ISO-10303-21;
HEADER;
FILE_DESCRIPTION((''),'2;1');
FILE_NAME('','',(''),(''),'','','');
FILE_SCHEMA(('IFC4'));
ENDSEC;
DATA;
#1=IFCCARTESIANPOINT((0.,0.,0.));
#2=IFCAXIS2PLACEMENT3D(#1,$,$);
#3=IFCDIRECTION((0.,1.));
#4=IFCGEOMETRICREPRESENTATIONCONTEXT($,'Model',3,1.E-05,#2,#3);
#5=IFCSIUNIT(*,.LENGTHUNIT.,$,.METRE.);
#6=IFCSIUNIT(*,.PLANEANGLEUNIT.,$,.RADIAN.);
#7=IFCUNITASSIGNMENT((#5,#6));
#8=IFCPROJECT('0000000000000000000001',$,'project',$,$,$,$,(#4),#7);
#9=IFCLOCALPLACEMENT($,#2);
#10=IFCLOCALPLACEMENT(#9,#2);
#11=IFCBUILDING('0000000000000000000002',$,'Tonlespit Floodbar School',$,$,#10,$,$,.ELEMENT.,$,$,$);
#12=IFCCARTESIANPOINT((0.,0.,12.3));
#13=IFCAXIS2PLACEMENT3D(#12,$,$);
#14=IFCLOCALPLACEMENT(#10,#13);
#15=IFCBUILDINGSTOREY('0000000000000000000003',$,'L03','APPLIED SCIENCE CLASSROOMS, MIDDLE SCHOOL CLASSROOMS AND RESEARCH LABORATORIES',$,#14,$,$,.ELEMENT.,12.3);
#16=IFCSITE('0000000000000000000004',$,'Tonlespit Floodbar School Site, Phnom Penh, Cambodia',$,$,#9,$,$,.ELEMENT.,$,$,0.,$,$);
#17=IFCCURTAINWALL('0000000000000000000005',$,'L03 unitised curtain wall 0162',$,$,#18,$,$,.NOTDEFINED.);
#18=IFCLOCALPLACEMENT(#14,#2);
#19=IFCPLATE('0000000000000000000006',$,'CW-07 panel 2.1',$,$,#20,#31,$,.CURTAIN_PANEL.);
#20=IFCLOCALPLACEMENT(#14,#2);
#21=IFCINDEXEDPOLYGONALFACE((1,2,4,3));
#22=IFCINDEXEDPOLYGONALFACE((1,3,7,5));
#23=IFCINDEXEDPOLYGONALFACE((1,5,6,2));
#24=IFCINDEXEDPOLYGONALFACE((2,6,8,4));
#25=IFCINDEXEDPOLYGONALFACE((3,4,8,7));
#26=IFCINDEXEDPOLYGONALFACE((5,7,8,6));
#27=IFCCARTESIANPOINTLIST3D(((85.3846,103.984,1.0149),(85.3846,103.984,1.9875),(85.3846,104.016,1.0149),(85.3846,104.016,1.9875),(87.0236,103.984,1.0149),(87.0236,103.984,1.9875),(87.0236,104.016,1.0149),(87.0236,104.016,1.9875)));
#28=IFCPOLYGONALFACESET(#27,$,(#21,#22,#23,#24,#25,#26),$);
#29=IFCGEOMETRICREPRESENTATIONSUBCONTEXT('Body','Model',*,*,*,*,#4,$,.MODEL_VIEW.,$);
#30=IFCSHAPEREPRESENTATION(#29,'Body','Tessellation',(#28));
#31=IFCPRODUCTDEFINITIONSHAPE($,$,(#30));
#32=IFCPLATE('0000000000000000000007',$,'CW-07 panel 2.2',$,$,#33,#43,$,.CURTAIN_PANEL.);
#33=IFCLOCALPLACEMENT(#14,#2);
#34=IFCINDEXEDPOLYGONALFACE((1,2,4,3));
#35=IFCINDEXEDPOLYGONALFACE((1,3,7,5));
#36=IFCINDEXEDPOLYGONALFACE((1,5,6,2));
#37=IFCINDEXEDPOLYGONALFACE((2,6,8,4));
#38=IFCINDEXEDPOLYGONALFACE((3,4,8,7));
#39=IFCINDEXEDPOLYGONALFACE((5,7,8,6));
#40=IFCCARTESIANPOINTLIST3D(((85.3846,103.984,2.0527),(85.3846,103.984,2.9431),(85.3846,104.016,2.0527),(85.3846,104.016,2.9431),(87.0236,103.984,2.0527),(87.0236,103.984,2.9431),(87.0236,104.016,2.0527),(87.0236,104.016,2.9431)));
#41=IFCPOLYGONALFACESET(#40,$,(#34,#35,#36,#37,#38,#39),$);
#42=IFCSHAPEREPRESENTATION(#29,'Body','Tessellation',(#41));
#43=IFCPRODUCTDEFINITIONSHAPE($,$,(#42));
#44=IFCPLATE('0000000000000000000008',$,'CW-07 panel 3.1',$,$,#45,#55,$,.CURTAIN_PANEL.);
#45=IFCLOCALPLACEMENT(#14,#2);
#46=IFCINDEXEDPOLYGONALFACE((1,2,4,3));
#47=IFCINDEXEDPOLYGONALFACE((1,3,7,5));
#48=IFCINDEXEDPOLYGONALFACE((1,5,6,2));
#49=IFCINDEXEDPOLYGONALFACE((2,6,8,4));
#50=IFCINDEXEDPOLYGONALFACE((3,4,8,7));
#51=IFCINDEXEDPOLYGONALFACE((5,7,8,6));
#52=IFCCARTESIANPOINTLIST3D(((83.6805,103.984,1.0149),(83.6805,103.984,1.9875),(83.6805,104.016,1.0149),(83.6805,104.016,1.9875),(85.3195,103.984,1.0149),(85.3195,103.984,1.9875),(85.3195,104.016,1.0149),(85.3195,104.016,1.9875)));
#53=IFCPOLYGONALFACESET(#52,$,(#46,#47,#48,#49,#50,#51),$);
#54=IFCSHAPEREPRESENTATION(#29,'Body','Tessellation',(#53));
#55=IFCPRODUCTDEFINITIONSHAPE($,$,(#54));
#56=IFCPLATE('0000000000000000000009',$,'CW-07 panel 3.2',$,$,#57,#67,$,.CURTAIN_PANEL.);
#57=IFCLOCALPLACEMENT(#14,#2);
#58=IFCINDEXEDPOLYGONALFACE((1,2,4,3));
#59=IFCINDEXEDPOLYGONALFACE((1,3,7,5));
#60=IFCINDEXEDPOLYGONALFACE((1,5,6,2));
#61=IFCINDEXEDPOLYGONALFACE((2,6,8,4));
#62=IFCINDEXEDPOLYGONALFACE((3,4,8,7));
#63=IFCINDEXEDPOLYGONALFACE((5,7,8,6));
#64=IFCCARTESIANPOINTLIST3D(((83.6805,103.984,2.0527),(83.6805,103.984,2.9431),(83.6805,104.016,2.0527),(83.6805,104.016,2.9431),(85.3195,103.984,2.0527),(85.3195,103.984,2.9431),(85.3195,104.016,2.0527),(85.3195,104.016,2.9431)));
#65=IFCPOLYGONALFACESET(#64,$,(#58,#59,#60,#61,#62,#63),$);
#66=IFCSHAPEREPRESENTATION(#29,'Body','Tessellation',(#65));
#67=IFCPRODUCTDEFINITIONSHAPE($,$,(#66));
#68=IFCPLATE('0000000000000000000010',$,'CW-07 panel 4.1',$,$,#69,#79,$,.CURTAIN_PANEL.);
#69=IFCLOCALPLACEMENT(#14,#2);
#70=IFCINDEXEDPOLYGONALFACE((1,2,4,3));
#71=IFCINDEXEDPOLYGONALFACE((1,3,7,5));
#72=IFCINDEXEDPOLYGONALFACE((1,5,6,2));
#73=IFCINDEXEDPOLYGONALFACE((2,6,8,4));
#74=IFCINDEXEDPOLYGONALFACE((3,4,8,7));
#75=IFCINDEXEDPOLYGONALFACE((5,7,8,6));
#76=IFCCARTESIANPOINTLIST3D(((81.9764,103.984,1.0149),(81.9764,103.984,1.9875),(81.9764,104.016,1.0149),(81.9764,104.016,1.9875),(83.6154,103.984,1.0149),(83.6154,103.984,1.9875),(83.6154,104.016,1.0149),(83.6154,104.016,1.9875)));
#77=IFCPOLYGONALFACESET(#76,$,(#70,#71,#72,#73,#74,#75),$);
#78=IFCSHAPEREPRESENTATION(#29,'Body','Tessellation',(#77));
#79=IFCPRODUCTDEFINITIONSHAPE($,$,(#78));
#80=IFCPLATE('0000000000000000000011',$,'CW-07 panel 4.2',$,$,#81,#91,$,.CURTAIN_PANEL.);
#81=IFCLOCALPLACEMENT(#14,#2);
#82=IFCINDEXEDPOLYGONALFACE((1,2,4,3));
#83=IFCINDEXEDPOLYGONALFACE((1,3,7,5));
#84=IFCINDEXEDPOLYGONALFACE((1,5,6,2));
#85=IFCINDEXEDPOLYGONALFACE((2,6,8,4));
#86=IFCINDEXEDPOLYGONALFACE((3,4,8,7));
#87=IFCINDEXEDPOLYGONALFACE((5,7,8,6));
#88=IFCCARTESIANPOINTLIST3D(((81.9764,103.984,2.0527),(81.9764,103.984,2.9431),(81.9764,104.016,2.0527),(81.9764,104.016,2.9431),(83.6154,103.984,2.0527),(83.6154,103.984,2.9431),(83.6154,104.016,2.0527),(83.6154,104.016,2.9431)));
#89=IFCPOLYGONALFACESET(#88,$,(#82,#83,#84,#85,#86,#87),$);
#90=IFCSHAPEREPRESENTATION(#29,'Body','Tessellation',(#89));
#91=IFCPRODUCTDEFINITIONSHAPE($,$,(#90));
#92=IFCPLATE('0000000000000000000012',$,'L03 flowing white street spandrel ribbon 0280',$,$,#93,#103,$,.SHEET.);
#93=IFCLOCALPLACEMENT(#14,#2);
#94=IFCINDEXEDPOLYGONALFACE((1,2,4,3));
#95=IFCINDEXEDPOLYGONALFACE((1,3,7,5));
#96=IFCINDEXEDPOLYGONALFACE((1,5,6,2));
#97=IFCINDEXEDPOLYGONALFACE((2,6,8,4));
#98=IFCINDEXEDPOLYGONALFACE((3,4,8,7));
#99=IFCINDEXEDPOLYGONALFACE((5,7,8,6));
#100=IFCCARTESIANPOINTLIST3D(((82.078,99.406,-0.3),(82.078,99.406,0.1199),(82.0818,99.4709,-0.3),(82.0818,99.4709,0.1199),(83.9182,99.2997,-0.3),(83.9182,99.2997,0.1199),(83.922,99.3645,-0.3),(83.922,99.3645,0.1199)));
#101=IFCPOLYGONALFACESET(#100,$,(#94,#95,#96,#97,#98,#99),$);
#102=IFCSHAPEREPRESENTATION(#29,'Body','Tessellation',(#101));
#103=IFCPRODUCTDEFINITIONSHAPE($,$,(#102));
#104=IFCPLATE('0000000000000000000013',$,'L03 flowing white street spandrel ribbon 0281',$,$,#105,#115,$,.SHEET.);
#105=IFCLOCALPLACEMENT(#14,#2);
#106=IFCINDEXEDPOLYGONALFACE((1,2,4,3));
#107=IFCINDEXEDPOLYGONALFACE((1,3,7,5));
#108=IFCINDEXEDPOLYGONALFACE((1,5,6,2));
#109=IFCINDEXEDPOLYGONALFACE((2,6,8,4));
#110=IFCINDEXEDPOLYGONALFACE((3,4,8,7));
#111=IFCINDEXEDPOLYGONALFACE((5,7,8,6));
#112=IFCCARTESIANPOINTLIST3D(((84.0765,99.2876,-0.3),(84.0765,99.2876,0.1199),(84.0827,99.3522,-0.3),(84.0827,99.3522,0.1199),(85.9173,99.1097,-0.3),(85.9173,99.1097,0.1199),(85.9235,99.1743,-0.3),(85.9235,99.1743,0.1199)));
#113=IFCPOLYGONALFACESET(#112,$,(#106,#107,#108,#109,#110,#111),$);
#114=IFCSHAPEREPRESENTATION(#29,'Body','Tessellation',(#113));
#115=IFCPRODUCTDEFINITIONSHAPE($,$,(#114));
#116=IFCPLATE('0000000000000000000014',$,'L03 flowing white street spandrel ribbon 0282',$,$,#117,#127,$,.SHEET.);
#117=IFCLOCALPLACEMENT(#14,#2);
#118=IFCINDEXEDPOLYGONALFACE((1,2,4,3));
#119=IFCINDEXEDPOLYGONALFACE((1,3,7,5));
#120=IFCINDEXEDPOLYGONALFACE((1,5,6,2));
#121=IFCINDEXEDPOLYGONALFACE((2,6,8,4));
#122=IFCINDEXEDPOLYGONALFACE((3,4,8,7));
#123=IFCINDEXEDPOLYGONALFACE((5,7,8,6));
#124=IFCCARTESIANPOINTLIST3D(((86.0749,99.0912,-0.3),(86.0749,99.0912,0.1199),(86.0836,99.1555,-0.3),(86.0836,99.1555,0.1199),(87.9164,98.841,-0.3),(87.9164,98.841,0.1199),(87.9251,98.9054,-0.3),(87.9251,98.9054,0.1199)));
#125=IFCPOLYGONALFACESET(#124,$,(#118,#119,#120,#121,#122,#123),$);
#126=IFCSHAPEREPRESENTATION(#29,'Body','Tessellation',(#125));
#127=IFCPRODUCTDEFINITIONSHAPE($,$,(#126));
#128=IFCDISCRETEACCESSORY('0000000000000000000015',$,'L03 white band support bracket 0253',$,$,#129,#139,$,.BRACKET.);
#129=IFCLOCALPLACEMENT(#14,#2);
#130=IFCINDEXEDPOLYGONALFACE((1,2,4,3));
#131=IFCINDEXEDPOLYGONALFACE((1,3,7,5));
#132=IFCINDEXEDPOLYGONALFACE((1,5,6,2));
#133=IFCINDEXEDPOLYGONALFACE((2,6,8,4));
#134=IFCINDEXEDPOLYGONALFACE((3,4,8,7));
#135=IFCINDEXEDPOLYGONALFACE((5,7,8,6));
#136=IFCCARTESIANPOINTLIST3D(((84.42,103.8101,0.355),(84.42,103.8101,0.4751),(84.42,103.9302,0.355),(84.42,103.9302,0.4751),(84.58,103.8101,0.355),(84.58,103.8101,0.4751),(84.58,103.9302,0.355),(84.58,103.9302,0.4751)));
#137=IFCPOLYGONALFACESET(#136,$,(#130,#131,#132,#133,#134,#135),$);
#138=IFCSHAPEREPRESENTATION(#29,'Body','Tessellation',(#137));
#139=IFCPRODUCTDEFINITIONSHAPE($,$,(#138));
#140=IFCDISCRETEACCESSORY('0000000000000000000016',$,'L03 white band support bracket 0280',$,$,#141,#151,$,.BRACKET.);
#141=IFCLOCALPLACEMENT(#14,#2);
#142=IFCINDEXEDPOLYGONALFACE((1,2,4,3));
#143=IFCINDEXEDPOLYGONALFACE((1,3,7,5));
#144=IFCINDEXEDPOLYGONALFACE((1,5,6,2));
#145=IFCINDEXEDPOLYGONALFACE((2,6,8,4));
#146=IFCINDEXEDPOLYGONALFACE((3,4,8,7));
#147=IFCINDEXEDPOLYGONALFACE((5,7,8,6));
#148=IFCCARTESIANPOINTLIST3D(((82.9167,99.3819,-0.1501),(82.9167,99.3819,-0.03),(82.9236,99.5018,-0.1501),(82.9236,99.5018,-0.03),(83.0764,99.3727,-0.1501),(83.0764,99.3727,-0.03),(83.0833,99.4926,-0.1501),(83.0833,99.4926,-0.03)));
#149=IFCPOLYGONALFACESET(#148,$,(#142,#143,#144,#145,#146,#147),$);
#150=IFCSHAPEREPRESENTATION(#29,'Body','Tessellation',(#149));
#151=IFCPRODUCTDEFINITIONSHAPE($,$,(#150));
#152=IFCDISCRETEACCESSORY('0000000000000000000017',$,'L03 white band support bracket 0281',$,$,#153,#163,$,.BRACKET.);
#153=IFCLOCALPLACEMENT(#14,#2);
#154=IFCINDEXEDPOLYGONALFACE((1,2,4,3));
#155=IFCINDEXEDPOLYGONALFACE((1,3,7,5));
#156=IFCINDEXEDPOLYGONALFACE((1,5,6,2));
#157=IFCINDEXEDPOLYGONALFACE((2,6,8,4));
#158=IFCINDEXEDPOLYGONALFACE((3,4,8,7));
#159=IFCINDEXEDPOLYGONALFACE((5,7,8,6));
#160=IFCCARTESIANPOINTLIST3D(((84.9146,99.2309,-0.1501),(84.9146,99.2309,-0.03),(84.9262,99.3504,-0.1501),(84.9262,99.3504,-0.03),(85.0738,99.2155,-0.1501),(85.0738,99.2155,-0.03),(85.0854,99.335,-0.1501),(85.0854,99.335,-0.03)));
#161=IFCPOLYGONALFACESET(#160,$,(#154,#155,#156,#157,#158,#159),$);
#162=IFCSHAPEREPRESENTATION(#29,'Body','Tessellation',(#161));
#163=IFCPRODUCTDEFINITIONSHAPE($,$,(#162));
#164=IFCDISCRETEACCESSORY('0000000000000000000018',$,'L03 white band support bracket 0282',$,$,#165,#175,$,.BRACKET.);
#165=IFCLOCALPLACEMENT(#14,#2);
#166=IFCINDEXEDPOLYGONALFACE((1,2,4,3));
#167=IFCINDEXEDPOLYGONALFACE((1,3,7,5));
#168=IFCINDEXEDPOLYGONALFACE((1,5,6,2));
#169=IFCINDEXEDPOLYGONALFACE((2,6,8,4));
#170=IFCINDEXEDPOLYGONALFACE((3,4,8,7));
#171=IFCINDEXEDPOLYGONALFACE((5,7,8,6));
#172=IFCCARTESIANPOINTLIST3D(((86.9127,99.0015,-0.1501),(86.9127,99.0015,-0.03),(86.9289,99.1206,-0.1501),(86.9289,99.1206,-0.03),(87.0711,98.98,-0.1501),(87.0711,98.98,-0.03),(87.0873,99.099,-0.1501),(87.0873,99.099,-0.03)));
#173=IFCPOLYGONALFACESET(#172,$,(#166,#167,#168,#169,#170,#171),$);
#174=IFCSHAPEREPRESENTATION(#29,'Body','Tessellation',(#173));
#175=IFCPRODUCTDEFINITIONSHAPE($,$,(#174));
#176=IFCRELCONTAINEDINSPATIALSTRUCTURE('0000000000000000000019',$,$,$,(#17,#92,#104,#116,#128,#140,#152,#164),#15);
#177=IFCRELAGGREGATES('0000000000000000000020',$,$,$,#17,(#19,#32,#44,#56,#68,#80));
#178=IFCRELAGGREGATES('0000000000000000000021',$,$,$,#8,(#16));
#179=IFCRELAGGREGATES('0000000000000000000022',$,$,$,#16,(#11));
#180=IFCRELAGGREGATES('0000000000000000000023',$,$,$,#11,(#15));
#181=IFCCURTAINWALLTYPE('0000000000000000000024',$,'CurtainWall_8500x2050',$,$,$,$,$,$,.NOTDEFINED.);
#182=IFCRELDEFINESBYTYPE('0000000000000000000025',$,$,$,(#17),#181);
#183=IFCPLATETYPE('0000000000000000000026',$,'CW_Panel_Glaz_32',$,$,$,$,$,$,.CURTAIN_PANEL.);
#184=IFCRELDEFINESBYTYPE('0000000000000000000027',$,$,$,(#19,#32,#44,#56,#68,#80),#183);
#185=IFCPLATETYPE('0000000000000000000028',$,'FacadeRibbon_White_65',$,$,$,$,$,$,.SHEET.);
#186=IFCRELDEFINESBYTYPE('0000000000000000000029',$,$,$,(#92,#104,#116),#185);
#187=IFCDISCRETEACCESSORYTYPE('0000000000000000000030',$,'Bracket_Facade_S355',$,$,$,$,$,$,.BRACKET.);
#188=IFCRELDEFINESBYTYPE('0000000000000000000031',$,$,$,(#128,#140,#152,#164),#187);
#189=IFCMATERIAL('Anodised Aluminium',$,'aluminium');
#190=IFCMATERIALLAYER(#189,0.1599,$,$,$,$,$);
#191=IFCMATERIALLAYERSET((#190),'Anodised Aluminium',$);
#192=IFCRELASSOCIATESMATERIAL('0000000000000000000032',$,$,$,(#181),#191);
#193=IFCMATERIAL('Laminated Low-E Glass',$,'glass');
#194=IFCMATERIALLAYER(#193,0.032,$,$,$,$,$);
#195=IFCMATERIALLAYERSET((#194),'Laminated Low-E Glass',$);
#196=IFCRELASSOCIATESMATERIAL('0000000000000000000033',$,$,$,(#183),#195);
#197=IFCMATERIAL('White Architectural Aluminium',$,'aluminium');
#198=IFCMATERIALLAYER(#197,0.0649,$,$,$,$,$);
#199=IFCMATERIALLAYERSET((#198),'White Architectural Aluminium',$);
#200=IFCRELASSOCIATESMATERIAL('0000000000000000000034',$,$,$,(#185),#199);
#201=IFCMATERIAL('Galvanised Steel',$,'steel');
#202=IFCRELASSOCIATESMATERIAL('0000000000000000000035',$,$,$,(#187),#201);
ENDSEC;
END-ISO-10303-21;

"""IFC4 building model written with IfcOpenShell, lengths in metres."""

from ifc_helpers import new_model, si_unit, direction, frame, origin, origin_2d, place, context, subcontext, project, spatial, rectangle, extrude, material, layer, layer_set, type_object, element, aggregate, save


model = new_model("IFC4")

# Units and contexts
model_context = context("Model", 3, precision=1e-05, world=origin(), true_north=direction((0.0, 1.0)))
body_context = subcontext(model_context, "Body", "Model", "MODEL_VIEW")
ifc_project = project(units=[si_unit("LENGTHUNIT", "METRE"), si_unit("PLANEANGLEUNIT", "RADIAN")], contexts=[model_context])

# Site, building, storey
site_placement = place(None, origin())
site = spatial("IfcSite", under=ifc_project, at=site_placement, Name="Tonlespit Floodbar School Site, Phnom Penh, Cambodia", CompositionType="ELEMENT", RefElevation=0.0)
building_placement = place(site_placement, origin())
building = spatial("IfcBuilding", under=site, at=building_placement, Name="Tonlespit Floodbar School", CompositionType="ELEMENT")
storey_placement = place(building_placement, frame((0.0, 0.0, 12.3)))
storey = spatial("IfcBuildingStorey", under=building, at=storey_placement, Name="L03", Description="APPLIED SCIENCE CLASSROOMS, MIDDLE SCHOOL CLASSROOMS AND RESEARCH LABORATORIES", CompositionType="ELEMENT", Elevation=12.3)

# Curtain wall, plates
ifc_material_1 = material(Name="Anodised Aluminium", Category="aluminium")
ifc_layer_1 = layer(ifc_material_1, 0.1599)
ifc_layer_set_1 = layer_set([ifc_layer_1], Name="Anodised Aluminium")
curtain_wall_type = type_object("IfcCurtainWallType", Name="CurtainWall_8500x2050", PredefinedType="NOTDEFINED", material=ifc_layer_set_1)
curtain_wall_placement = place(storey_placement, origin())
curtain_wall = element("IfcCurtainWall", 1, at=curtain_wall_placement, inside=storey, type_object=curtain_wall_type, Name="L03 unitised curtain wall 0162", PredefinedType="NOTDEFINED")
ifc_material_2 = material(Name="Laminated Low-E Glass", Category="glass")
ifc_layer_2 = layer(ifc_material_2, 0.032)
ifc_layer_set_2 = layer_set([ifc_layer_2], Name="Laminated Low-E Glass")
plate_type_1 = type_object("IfcPlateType", Name="CW_Panel_Glaz_32", PredefinedType="CURTAIN_PANEL", material=ifc_layer_set_2)
plate_1_placement = place(storey_placement, frame((86.2041, 104.0, 1.0149), z_axis=(0.0, 0.0, 1.0), x_axis=(-1.0, 0.0, 0.0)))
plate_1 = element("IfcPlate", 2, at=plate_1_placement, type_object=plate_type_1, Name="CW-07 panel 2.1", PredefinedType="CURTAIN_PANEL", context=body_context, shape_type="SweptSolid", body=[
    extrude(rectangle(XDim=1.6389, YDim=0.032, at=origin_2d()), origin(), (0.0, 0.0, 1.0), 0.9727),
])
plate_2_placement = place(storey_placement, frame((86.2041, 104.0, 2.0527), z_axis=(0.0, 0.0, 1.0), x_axis=(-1.0, 0.0, 0.0)))
plate_2 = element("IfcPlate", 3, at=plate_2_placement, type_object=plate_type_1, Name="CW-07 panel 2.2", PredefinedType="CURTAIN_PANEL", context=body_context, shape_type="SweptSolid", body=[
    extrude(rectangle(XDim=1.6389, YDim=0.032, at=origin_2d()), origin(), (0.0, 0.0, 1.0), 0.8904),
])
plate_3_placement = place(storey_placement, frame((84.5, 104.0, 1.0149), z_axis=(0.0, 0.0, 1.0), x_axis=(-1.0, 0.0, 0.0)))
plate_3 = element("IfcPlate", 4, at=plate_3_placement, type_object=plate_type_1, Name="CW-07 panel 3.1", PredefinedType="CURTAIN_PANEL", context=body_context, shape_type="SweptSolid", body=[
    extrude(rectangle(XDim=1.6389, YDim=0.032, at=origin_2d()), origin(), (0.0, 0.0, 1.0), 0.9727),
])
plate_4_placement = place(storey_placement, frame((84.5, 104.0, 2.0527), z_axis=(0.0, 0.0, 1.0), x_axis=(-1.0, 0.0, 0.0)))
plate_4 = element("IfcPlate", 5, at=plate_4_placement, type_object=plate_type_1, Name="CW-07 panel 3.2", PredefinedType="CURTAIN_PANEL", context=body_context, shape_type="SweptSolid", body=[
    extrude(rectangle(XDim=1.6389, YDim=0.032, at=origin_2d()), origin(), (0.0, 0.0, 1.0), 0.8904),
])
plate_5_placement = place(storey_placement, frame((82.7959, 104.0, 1.0149), z_axis=(0.0, 0.0, 1.0), x_axis=(-1.0, 0.0, 0.0)))
plate_5 = element("IfcPlate", 6, at=plate_5_placement, type_object=plate_type_1, Name="CW-07 panel 4.1", PredefinedType="CURTAIN_PANEL", context=body_context, shape_type="SweptSolid", body=[
    extrude(rectangle(XDim=1.6389, YDim=0.032, at=origin_2d()), origin(), (0.0, 0.0, 1.0), 0.9727),
])
plate_6_placement = place(storey_placement, frame((82.7959, 104.0, 2.0527), z_axis=(0.0, 0.0, 1.0), x_axis=(-1.0, 0.0, 0.0)))
plate_6 = element("IfcPlate", 7, at=plate_6_placement, type_object=plate_type_1, Name="CW-07 panel 4.2", PredefinedType="CURTAIN_PANEL", context=body_context, shape_type="SweptSolid", body=[
    extrude(rectangle(XDim=1.6389, YDim=0.032, at=origin_2d()), origin(), (0.0, 0.0, 1.0), 0.8904),
])
aggregate(curtain_wall, [plate_1, plate_2, plate_3, plate_4, plate_5, plate_6])

# Plates
ifc_material_3 = material(Name="White Architectural Aluminium", Category="aluminium")
ifc_layer_3 = layer(ifc_material_3, 0.0649)
ifc_layer_set_3 = layer_set([ifc_layer_3], Name="White Architectural Aluminium")
plate_type_2 = type_object("IfcPlateType", Name="FacadeRibbon_White_65", PredefinedType="SHEET", material=ifc_layer_set_3)
plate_7_placement = place(storey_placement, frame((83.0, 99.3853, -0.3), z_axis=(0.0, 0.0, 1.0), x_axis=(0.998334, -0.057703, 0.0)))
element("IfcPlate", 8, at=plate_7_placement, inside=storey, type_object=plate_type_2, Name="L03 flowing white street spandrel ribbon 0280", PredefinedType="SHEET", context=body_context, shape_type="SweptSolid", body=[
    extrude(rectangle(XDim=1.8433, YDim=0.0649, at=origin_2d()), origin(), (0.0, 0.0, 1.0), 0.4199),
])
plate_8_placement = place(storey_placement, frame((85.0, 99.231, -0.3), z_axis=(0.0, 0.0, 1.0), x_axis=(0.995362, -0.096202, 0.0)))
element("IfcPlate", 9, at=plate_8_placement, inside=storey, type_object=plate_type_2, Name="L03 flowing white street spandrel ribbon 0281", PredefinedType="SHEET", context=body_context, shape_type="SweptSolid", body=[
    extrude(rectangle(XDim=1.8494, YDim=0.0649, at=origin_2d()), origin(), (0.0, 0.0, 1.0), 0.4199),
])
plate_9_placement = place(storey_placement, frame((87.0, 98.9983, -0.3), z_axis=(0.0, 0.0, 1.0), x_axis=(0.990898, -0.134614, 0.0)))
element("IfcPlate", 10, at=plate_9_placement, inside=storey, type_object=plate_type_2, Name="L03 flowing white street spandrel ribbon 0282", PredefinedType="SHEET", context=body_context, shape_type="SweptSolid", body=[
    extrude(rectangle(XDim=1.8584, YDim=0.0649, at=origin_2d()), origin(), (0.0, 0.0, 1.0), 0.4199),
])

# Shared definitions
ifc_material_4 = material(Name="Galvanised Steel", Category="steel")

# Discrete accessories
discrete_accessory_type = type_object("IfcDiscreteAccessoryType", Name="Bracket_Facade_S355", PredefinedType="BRACKET", material=ifc_material_4)
for number, where, z_axis, x_axis, name in (
    (11, (84.5, 103.8701, 0.355), (0.0, 0.0, 1.0), (-1.0, 0.0, 0.0), "L03 white band support bracket 0253"),
    (12, (83.0, 99.4373, -0.1501), (0.0, 0.0, 1.0), (0.998334, -0.057703, 0.0), "L03 white band support bracket 0280"),
    (13, (85.0, 99.283, -0.1501), (0.0, 0.0, 1.0), (0.995362, -0.096202, 0.0), "L03 white band support bracket 0281"),
    (14, (87.0, 99.0503, -0.1501), (0.0, 0.0, 1.0), (0.990898, -0.134614, 0.0), "L03 white band support bracket 0282"),
):
    element("IfcDiscreteAccessory", number, at=place(storey_placement, frame(where, z_axis=z_axis, x_axis=x_axis)), inside=storey, type_object=discrete_accessory_type, Name=name, PredefinedType="BRACKET", context=body_context, shape_type="SweptSolid", body=[
        extrude(rectangle(XDim=0.1599, YDim=0.1201, at=origin_2d()), origin(), (0.0, 0.0, 1.0), 0.1201),
    ])

save(model, "model.ifc")
